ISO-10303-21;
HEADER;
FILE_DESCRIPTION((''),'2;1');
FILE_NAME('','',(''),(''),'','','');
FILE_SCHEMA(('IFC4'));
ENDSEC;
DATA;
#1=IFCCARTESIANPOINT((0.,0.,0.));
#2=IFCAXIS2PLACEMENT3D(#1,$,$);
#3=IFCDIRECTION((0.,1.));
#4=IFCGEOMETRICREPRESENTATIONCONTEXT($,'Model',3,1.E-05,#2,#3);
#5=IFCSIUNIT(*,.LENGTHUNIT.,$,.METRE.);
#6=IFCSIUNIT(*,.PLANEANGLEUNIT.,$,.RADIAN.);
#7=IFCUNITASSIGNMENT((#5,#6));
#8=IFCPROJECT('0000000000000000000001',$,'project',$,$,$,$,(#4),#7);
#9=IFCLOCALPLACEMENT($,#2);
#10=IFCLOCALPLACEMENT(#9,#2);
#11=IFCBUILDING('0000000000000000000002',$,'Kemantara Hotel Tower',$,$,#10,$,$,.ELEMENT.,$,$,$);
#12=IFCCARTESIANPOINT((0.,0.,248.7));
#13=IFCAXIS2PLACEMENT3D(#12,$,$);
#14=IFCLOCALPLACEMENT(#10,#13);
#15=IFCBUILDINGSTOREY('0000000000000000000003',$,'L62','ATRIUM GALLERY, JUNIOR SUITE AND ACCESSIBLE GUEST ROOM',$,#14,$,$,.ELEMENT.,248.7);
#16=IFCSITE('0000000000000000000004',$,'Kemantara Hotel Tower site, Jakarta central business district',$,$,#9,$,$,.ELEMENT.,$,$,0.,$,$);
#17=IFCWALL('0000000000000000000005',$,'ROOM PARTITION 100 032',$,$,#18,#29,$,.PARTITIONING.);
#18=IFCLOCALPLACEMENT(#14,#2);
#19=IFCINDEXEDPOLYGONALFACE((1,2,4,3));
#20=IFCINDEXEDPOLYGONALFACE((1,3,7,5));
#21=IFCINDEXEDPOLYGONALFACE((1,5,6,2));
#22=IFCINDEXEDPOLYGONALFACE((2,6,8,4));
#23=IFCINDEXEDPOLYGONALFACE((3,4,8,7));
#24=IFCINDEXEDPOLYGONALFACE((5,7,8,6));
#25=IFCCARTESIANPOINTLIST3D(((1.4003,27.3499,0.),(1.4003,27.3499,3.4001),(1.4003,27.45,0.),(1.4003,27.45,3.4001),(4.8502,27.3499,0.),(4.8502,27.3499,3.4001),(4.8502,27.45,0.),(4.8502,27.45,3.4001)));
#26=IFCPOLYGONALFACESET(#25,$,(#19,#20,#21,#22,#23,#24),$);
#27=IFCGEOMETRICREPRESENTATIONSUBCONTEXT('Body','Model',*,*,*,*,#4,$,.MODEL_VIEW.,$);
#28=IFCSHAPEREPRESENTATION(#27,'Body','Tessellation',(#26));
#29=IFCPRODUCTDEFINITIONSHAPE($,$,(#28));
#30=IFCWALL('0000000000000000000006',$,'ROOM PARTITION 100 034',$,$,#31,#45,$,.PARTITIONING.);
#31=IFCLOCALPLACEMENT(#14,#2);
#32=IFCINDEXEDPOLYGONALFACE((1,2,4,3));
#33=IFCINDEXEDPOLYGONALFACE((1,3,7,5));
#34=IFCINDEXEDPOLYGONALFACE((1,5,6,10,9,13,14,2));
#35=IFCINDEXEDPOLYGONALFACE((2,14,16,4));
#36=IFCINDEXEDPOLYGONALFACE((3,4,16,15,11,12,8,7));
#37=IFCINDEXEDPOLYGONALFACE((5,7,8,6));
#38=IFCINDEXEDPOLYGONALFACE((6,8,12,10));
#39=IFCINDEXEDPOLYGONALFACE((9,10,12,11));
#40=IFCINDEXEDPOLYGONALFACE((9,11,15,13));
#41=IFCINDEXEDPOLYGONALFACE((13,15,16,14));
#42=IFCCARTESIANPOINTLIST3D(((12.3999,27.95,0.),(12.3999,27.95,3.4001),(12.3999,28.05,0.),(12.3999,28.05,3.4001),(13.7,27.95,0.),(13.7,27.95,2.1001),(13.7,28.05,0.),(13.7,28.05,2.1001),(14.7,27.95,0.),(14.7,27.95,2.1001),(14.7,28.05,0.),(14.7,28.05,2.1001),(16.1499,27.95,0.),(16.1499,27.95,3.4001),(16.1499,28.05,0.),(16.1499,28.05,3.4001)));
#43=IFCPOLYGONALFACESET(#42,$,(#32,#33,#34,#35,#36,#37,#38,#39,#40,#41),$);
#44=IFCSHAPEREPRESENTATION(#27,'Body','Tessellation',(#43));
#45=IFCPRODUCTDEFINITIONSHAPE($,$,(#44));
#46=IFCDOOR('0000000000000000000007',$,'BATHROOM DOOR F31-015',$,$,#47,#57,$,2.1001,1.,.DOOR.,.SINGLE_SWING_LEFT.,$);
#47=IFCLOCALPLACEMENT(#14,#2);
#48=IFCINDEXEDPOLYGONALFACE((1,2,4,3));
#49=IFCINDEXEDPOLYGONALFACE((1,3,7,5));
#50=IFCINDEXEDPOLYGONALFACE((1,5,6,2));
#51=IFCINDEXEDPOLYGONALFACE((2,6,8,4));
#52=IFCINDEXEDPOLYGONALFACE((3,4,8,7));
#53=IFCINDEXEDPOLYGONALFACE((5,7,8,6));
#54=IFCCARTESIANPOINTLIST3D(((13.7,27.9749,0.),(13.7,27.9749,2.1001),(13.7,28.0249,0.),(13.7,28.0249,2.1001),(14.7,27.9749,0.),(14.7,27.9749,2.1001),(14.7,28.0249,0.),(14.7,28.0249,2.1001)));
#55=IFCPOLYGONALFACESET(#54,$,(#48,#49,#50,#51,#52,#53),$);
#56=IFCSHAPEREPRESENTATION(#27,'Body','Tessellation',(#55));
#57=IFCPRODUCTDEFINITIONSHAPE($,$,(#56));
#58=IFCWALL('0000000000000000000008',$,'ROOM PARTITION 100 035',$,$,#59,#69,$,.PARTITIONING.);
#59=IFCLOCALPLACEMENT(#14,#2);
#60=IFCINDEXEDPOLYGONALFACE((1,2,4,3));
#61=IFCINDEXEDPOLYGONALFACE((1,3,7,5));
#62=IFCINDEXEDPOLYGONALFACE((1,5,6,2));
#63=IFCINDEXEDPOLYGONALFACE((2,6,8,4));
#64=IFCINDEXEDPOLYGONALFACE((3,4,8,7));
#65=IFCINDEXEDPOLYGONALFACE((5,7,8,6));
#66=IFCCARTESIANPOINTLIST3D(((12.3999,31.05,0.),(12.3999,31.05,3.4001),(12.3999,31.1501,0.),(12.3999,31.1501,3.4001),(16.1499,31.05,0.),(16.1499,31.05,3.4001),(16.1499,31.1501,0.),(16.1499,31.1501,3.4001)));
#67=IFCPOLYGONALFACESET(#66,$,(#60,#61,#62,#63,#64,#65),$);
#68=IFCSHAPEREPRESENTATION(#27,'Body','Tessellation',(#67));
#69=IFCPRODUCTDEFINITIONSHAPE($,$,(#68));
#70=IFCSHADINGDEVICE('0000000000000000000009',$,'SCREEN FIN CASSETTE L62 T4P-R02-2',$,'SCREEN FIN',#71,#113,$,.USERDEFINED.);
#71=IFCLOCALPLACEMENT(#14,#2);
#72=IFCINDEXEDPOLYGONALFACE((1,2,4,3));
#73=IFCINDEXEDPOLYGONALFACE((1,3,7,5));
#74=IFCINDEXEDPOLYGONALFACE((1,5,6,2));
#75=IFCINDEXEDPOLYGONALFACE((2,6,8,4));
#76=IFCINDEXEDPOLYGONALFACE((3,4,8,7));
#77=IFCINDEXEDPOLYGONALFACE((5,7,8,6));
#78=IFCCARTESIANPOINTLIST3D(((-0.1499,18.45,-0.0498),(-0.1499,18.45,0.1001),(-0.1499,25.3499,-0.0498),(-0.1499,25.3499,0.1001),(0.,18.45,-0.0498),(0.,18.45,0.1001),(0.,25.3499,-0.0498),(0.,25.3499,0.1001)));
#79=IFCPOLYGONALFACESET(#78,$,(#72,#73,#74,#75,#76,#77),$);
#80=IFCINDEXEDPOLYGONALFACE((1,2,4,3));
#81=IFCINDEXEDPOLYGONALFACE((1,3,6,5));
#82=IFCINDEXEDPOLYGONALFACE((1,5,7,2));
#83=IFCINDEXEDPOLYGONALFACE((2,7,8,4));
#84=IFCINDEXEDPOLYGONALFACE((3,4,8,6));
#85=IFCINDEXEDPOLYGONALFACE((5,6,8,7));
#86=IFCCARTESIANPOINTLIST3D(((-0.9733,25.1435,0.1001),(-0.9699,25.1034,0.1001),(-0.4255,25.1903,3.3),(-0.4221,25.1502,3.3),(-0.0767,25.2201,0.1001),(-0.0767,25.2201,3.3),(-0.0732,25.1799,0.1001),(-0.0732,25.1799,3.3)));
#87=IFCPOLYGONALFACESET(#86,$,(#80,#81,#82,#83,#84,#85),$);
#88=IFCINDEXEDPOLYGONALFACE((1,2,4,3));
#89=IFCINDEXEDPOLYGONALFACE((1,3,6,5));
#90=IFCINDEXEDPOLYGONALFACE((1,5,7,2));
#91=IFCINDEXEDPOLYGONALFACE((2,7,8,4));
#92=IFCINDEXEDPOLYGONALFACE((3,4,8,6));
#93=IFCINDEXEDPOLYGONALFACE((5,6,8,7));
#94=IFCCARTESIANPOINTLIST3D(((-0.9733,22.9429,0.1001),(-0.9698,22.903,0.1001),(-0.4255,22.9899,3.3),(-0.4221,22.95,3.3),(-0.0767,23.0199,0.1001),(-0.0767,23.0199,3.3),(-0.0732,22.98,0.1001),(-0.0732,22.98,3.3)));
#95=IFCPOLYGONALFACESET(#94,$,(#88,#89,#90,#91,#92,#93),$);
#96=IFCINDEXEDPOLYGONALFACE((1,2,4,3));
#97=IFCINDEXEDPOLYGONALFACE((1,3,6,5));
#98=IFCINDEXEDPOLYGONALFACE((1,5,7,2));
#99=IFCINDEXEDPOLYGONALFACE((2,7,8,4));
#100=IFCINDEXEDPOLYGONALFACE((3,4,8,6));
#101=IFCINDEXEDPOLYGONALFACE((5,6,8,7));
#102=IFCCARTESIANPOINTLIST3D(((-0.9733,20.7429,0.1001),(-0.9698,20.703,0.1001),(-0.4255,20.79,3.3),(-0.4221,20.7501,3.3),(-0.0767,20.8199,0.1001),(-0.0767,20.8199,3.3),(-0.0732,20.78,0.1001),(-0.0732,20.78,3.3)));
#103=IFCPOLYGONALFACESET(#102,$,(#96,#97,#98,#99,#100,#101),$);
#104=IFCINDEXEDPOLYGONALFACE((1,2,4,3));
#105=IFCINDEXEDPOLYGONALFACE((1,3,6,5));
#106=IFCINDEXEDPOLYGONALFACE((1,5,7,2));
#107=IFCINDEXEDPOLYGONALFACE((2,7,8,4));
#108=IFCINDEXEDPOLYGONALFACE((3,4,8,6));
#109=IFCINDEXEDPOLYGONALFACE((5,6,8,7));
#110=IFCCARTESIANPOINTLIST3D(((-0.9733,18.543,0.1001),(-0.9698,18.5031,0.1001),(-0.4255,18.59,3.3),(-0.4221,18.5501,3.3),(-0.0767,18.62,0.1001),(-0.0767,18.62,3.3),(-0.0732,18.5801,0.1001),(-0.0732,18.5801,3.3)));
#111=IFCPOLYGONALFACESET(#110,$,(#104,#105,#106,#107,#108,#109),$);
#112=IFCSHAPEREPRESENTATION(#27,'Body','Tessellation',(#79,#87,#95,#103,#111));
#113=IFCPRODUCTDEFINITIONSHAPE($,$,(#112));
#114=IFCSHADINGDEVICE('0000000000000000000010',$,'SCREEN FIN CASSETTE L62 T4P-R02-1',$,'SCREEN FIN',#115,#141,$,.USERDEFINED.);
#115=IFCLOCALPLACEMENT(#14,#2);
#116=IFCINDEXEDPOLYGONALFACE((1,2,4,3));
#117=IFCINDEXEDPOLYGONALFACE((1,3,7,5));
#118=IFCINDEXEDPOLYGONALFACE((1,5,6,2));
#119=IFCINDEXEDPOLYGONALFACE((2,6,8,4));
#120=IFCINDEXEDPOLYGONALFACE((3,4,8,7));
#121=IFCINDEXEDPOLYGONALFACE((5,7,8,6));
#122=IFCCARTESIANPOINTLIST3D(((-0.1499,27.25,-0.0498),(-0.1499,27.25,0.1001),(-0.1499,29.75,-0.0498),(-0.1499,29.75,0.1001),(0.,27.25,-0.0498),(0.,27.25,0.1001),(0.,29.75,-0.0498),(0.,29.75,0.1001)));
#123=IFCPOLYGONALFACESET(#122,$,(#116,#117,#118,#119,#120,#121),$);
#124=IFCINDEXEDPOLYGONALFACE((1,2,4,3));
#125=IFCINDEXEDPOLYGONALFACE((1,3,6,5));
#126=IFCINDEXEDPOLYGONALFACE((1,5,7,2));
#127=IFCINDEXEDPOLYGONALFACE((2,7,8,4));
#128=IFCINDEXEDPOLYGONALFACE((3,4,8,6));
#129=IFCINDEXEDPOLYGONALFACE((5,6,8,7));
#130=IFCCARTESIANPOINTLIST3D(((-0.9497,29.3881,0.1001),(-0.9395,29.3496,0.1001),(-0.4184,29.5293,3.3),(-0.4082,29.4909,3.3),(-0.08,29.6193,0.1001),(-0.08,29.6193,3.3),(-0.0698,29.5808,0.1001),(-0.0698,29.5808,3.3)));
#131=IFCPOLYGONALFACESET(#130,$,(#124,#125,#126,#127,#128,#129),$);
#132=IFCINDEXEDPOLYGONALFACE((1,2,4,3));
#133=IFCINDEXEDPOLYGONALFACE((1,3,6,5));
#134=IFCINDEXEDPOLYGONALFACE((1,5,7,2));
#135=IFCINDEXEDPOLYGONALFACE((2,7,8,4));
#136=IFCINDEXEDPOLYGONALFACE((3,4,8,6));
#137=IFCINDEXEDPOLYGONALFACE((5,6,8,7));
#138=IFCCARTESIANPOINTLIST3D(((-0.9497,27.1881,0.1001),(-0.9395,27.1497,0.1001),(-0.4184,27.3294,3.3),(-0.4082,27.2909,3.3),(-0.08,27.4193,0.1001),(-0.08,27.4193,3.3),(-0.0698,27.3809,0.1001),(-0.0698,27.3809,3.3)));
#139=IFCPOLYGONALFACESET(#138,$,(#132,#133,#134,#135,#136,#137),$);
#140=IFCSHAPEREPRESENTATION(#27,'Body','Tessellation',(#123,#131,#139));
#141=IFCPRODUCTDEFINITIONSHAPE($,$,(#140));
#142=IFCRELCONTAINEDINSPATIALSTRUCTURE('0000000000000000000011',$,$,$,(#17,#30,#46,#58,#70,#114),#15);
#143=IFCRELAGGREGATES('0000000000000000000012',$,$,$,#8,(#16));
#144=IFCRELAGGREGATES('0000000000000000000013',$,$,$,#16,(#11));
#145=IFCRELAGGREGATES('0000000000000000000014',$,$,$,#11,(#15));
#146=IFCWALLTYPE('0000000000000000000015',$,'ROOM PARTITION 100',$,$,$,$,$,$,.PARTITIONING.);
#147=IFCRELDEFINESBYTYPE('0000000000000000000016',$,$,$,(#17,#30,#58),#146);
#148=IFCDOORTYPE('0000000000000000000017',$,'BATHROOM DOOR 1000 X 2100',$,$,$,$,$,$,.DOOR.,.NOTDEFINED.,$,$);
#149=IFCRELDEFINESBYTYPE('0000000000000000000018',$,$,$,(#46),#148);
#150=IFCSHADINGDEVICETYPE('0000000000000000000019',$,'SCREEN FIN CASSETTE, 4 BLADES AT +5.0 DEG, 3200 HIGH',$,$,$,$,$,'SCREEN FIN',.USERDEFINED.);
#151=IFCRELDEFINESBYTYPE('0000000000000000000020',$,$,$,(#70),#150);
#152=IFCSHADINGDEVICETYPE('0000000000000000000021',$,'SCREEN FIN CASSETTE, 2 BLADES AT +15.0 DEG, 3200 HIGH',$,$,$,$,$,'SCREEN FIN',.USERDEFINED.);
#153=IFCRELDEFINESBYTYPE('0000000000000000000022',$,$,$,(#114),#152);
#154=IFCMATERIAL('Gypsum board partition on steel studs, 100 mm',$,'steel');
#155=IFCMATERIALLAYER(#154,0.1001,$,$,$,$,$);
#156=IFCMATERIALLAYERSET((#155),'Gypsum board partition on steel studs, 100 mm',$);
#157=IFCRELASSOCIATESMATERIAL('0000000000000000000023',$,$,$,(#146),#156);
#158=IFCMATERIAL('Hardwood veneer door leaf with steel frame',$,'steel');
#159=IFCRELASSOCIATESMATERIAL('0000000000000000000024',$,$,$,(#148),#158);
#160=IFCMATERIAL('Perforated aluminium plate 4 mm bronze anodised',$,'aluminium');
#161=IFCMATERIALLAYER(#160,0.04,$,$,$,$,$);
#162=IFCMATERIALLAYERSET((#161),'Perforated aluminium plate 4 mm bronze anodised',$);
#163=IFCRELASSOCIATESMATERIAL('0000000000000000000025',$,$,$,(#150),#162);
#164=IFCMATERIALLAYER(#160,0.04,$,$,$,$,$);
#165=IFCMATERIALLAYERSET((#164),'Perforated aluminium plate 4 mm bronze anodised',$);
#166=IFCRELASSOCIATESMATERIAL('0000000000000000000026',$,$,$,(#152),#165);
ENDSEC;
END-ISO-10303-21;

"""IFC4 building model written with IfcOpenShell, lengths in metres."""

from ifc_helpers import new_model, si_unit, direction, frame, frame_2d, origin, origin_2d, place, context, subcontext, project, spatial, polyline, rectangle, outline, extrude, source, transform, mapped, material, layer, layer_set, type_object, element, fill, save


model = new_model("IFC4")

# Units and contexts
model_context = context("Model", 3, precision=1e-05, world=origin(), true_north=direction((0.0, 1.0)))
body_context = subcontext(model_context, "Body", "Model", "MODEL_VIEW")
ifc_project = project(units=[si_unit("LENGTHUNIT", "METRE"), si_unit("PLANEANGLEUNIT", "RADIAN")], contexts=[model_context])

# Site, building, storey
site_placement = place(None, origin())
site = spatial("IfcSite", under=ifc_project, at=site_placement, Name="Kemantara Hotel Tower site, Jakarta central business district", CompositionType="ELEMENT", RefElevation=0.0)
building_placement = place(site_placement, origin())
building = spatial("IfcBuilding", under=site, at=building_placement, Name="Kemantara Hotel Tower", CompositionType="ELEMENT")
storey_placement = place(building_placement, frame((0.0, 0.0, 248.7)))
storey = spatial("IfcBuildingStorey", under=building, at=storey_placement, Name="L62", Description="ATRIUM GALLERY, JUNIOR SUITE AND ACCESSIBLE GUEST ROOM", CompositionType="ELEMENT", Elevation=248.7)

# Shared definitions
ifc_material_1 = material(Name="Hardwood veneer door leaf with steel frame", Category="steel")

# Wall
ifc_material_2 = material(Name="Gypsum board partition on steel studs, 100 mm", Category="steel")
ifc_layer_1 = layer(ifc_material_2, 0.1001)
ifc_layer_set_1 = layer_set([ifc_layer_1], Name="Gypsum board partition on steel studs, 100 mm")
wall_type_1 = type_object("IfcWallType", Name="ROOM PARTITION 100", PredefinedType="PARTITIONING", material=ifc_layer_set_1)
wall_1_placement = place(storey_placement, frame((1.4001, 27.3999, 0.0), z_axis=(0.0, 0.0, 1.0), x_axis=(1.0, 0.0, 0.0)))
element("IfcWall", 1, at=wall_1_placement, inside=storey, type_object=wall_type_1, Name="ROOM PARTITION 100 032", PredefinedType="PARTITIONING", context=body_context, shape_type="SweptSolid", body=[
    extrude(rectangle(XDim=3.45, YDim=0.1001, at=frame_2d((1.7251, 0.0))), origin(), (0.0, 0.0, 1.0), 3.4001),
])

# Wall, opening, door
wall_2_placement = place(storey_placement, frame((12.3999, 28.0, 0.0), z_axis=(0.0, 0.0, 1.0), x_axis=(1.0, 0.0, 0.0)))
wall_2 = element("IfcWall", 2, at=wall_2_placement, inside=storey, type_object=wall_type_1, Name="ROOM PARTITION 100 034", PredefinedType="PARTITIONING", context=body_context, shape_type="SweptSolid", body=[
    extrude(rectangle(XDim=3.75, YDim=0.1001, at=frame_2d((1.875, 0.0))), origin(), (0.0, 0.0, 1.0), 3.4001),
])
opening_1_placement = place(wall_2_placement, frame((1.3, 0.0, 0.0)))
opening_1 = element("IfcOpeningElement", 3, at=opening_1_placement, cuts=wall_2, PredefinedType="OPENING", context=body_context, shape_type="SweptSolid", body=[
    extrude(rectangle(XDim=1.0, YDim=2.1001, at=frame_2d((0.5, 1.05))), frame((0.0, 0.0601, 0.0), z_axis=(0.0, -1.0, 0.0), x_axis=(1.0, 0.0, 0.0)), (0.0, 0.0, 1.0), 0.1201),
])
door_type_1 = type_object("IfcDoorType", Name="BATHROOM DOOR 1000 X 2100", OperationType="NOTDEFINED", PredefinedType="DOOR", material=ifc_material_1)
door_1_placement = place(opening_1_placement, origin())
door_1 = element("IfcDoor", 4, at=door_1_placement, inside=storey, type_object=door_type_1, Name="BATHROOM DOOR F31-015", OperationType="SINGLE_SWING_LEFT", OverallHeight=2.1001, OverallWidth=1.0, PredefinedType="DOOR", context=body_context, shape_type="SweptSolid", body=[
    extrude(rectangle(XDim=1.0, YDim=2.1001, at=frame_2d((0.5, 1.05))), frame((0.0, 0.0249, 0.0), z_axis=(0.0, -1.0, 0.0), x_axis=(1.0, 0.0, 0.0)), (0.0, 0.0, 1.0), 0.05),
])
fill(opening_1, door_1)

# Wall
wall_3_placement = place(storey_placement, frame((12.3999, 31.1001, 0.0), z_axis=(0.0, 0.0, 1.0), x_axis=(1.0, 0.0, 0.0)))
element("IfcWall", 5, at=wall_3_placement, inside=storey, type_object=wall_type_1, Name="ROOM PARTITION 100 035", PredefinedType="PARTITIONING", context=body_context, shape_type="SweptSolid", body=[
    extrude(rectangle(XDim=3.75, YDim=0.1001, at=frame_2d((1.875, 0.0))), origin(), (0.0, 0.0, 1.0), 3.4001),
])

# Shading devices
ifc_material_3 = material(Name="Perforated aluminium plate 4 mm bronze anodised", Category="aluminium")
ifc_layer_2 = layer(ifc_material_3, 0.04)
ifc_layer_set_2 = layer_set([ifc_layer_2], Name="Perforated aluminium plate 4 mm bronze anodised")
shading_device_type_1 = type_object("IfcShadingDeviceType", Name="SCREEN FIN CASSETTE, 4 BLADES AT +5.0 DEG, 3200 HIGH", ElementType="SCREEN FIN", PredefinedType="USERDEFINED", material=ifc_layer_set_2)
shared_shape_1 = source(origin(), body_context, "Body", "SweptSolid", [
    extrude(rectangle(XDim=6.8999, YDim=0.1499, at=origin_2d()), frame((3.3, -0.075, -0.1499), z_axis=(0.0, 0.0, 1.0), x_axis=(1.0, 0.0, 0.0)), (0.0, 0.0, 1.0), 0.1499),
    extrude(outline(polyline([(0.0, 0.0), (0.8999, 0.0), (0.3501, 3.2), (0.0, 3.2), (0.0, 0.0)])), frame((0.02, -0.0732, 0.0), z_axis=(-0.996376, -0.085056, 0.0), x_axis=(0.085056, -0.996376, 0.0)), (0.0, 0.0, 1.0), 0.0403),
    extrude(outline(polyline([(0.0, 0.0), (0.8999, 0.0), (0.3501, 3.2), (0.0, 3.2), (0.0, 0.0)])), frame((2.22, -0.0732, 0.0), z_axis=(-0.996332, -0.085575, 0.0), x_axis=(0.085575, -0.996332, 0.0)), (0.0, 0.0, 1.0), 0.04),
    extrude(outline(polyline([(0.0, 0.0), (0.8999, 0.0), (0.3501, 3.2), (0.0, 3.2), (0.0, 0.0)])), frame((4.4199, -0.0732, 0.0), z_axis=(-0.996332, -0.085575, 0.0), x_axis=(0.085575, -0.996332, 0.0)), (0.0, 0.0, 1.0), 0.04),
    extrude(outline(polyline([(0.0, 0.0), (0.8999, 0.0), (0.3501, 3.2), (0.0, 3.2), (0.0, 0.0)])), frame((6.6199, -0.0732, 0.0), z_axis=(-0.996332, -0.085575, 0.0), x_axis=(0.085575, -0.996332, 0.0)), (0.0, 0.0, 1.0), 0.04),
])
shading_device_1_placement = place(storey_placement, frame((0.0, 25.2, 0.1001), z_axis=(0.0, 0.0, 1.0), x_axis=(0.0, -1.0, 0.0)))
element("IfcShadingDevice", 6, at=shading_device_1_placement, inside=storey, type_object=shading_device_type_1, Name="SCREEN FIN CASSETTE L62 T4P-R02-2", ObjectType="SCREEN FIN", PredefinedType="USERDEFINED", context=body_context, shape_type="MappedRepresentation", body=[
    mapped(shared_shape_1, transform((0.0, 0.0, 0.0))),
])
ifc_layer_3 = layer(ifc_material_3, 0.04)
ifc_layer_set_3 = layer_set([ifc_layer_3], Name="Perforated aluminium plate 4 mm bronze anodised")
shading_device_type_2 = type_object("IfcShadingDeviceType", Name="SCREEN FIN CASSETTE, 2 BLADES AT +15.0 DEG, 3200 HIGH", ElementType="SCREEN FIN", PredefinedType="USERDEFINED", material=ifc_layer_set_3)
shared_shape_2 = source(origin(), body_context, "Body", "SweptSolid", [
    extrude(rectangle(XDim=2.5, YDim=0.1499, at=origin_2d()), frame((1.1001, -0.075, -0.1499), z_axis=(0.0, 0.0, 1.0), x_axis=(1.0, 0.0, 0.0)), (0.0, 0.0, 1.0), 0.1499),
    extrude(outline(polyline([(0.0, 0.0), (0.8999, 0.0), (0.3501, 3.2), (0.0, 3.2), (0.0, 0.0)])), frame((0.0193, -0.0698, 0.0), z_axis=(-0.966438, -0.256901, 0.0), x_axis=(0.256901, -0.966438, 0.0)), (0.0, 0.0, 1.0), 0.0398),
    extrude(outline(polyline([(0.0, 0.0), (0.8999, 0.0), (0.3501, 3.2), (0.0, 3.2), (0.0, 0.0)])), frame((2.2192, -0.0698, 0.0), z_axis=(-0.966438, -0.256901, 0.0), x_axis=(0.256901, -0.966438, 0.0)), (0.0, 0.0, 1.0), 0.0398),
])
shading_device_2_placement = place(storey_placement, frame((0.0, 29.6001, 0.1001), z_axis=(0.0, 0.0, 1.0), x_axis=(0.0, -1.0, 0.0)))
element("IfcShadingDevice", 7, at=shading_device_2_placement, inside=storey, type_object=shading_device_type_2, Name="SCREEN FIN CASSETTE L62 T4P-R02-1", ObjectType="SCREEN FIN", PredefinedType="USERDEFINED", context=body_context, shape_type="MappedRepresentation", body=[
    mapped(shared_shape_2, transform((0.0, 0.0, 0.0))),
])

save(model, "model.ifc")
